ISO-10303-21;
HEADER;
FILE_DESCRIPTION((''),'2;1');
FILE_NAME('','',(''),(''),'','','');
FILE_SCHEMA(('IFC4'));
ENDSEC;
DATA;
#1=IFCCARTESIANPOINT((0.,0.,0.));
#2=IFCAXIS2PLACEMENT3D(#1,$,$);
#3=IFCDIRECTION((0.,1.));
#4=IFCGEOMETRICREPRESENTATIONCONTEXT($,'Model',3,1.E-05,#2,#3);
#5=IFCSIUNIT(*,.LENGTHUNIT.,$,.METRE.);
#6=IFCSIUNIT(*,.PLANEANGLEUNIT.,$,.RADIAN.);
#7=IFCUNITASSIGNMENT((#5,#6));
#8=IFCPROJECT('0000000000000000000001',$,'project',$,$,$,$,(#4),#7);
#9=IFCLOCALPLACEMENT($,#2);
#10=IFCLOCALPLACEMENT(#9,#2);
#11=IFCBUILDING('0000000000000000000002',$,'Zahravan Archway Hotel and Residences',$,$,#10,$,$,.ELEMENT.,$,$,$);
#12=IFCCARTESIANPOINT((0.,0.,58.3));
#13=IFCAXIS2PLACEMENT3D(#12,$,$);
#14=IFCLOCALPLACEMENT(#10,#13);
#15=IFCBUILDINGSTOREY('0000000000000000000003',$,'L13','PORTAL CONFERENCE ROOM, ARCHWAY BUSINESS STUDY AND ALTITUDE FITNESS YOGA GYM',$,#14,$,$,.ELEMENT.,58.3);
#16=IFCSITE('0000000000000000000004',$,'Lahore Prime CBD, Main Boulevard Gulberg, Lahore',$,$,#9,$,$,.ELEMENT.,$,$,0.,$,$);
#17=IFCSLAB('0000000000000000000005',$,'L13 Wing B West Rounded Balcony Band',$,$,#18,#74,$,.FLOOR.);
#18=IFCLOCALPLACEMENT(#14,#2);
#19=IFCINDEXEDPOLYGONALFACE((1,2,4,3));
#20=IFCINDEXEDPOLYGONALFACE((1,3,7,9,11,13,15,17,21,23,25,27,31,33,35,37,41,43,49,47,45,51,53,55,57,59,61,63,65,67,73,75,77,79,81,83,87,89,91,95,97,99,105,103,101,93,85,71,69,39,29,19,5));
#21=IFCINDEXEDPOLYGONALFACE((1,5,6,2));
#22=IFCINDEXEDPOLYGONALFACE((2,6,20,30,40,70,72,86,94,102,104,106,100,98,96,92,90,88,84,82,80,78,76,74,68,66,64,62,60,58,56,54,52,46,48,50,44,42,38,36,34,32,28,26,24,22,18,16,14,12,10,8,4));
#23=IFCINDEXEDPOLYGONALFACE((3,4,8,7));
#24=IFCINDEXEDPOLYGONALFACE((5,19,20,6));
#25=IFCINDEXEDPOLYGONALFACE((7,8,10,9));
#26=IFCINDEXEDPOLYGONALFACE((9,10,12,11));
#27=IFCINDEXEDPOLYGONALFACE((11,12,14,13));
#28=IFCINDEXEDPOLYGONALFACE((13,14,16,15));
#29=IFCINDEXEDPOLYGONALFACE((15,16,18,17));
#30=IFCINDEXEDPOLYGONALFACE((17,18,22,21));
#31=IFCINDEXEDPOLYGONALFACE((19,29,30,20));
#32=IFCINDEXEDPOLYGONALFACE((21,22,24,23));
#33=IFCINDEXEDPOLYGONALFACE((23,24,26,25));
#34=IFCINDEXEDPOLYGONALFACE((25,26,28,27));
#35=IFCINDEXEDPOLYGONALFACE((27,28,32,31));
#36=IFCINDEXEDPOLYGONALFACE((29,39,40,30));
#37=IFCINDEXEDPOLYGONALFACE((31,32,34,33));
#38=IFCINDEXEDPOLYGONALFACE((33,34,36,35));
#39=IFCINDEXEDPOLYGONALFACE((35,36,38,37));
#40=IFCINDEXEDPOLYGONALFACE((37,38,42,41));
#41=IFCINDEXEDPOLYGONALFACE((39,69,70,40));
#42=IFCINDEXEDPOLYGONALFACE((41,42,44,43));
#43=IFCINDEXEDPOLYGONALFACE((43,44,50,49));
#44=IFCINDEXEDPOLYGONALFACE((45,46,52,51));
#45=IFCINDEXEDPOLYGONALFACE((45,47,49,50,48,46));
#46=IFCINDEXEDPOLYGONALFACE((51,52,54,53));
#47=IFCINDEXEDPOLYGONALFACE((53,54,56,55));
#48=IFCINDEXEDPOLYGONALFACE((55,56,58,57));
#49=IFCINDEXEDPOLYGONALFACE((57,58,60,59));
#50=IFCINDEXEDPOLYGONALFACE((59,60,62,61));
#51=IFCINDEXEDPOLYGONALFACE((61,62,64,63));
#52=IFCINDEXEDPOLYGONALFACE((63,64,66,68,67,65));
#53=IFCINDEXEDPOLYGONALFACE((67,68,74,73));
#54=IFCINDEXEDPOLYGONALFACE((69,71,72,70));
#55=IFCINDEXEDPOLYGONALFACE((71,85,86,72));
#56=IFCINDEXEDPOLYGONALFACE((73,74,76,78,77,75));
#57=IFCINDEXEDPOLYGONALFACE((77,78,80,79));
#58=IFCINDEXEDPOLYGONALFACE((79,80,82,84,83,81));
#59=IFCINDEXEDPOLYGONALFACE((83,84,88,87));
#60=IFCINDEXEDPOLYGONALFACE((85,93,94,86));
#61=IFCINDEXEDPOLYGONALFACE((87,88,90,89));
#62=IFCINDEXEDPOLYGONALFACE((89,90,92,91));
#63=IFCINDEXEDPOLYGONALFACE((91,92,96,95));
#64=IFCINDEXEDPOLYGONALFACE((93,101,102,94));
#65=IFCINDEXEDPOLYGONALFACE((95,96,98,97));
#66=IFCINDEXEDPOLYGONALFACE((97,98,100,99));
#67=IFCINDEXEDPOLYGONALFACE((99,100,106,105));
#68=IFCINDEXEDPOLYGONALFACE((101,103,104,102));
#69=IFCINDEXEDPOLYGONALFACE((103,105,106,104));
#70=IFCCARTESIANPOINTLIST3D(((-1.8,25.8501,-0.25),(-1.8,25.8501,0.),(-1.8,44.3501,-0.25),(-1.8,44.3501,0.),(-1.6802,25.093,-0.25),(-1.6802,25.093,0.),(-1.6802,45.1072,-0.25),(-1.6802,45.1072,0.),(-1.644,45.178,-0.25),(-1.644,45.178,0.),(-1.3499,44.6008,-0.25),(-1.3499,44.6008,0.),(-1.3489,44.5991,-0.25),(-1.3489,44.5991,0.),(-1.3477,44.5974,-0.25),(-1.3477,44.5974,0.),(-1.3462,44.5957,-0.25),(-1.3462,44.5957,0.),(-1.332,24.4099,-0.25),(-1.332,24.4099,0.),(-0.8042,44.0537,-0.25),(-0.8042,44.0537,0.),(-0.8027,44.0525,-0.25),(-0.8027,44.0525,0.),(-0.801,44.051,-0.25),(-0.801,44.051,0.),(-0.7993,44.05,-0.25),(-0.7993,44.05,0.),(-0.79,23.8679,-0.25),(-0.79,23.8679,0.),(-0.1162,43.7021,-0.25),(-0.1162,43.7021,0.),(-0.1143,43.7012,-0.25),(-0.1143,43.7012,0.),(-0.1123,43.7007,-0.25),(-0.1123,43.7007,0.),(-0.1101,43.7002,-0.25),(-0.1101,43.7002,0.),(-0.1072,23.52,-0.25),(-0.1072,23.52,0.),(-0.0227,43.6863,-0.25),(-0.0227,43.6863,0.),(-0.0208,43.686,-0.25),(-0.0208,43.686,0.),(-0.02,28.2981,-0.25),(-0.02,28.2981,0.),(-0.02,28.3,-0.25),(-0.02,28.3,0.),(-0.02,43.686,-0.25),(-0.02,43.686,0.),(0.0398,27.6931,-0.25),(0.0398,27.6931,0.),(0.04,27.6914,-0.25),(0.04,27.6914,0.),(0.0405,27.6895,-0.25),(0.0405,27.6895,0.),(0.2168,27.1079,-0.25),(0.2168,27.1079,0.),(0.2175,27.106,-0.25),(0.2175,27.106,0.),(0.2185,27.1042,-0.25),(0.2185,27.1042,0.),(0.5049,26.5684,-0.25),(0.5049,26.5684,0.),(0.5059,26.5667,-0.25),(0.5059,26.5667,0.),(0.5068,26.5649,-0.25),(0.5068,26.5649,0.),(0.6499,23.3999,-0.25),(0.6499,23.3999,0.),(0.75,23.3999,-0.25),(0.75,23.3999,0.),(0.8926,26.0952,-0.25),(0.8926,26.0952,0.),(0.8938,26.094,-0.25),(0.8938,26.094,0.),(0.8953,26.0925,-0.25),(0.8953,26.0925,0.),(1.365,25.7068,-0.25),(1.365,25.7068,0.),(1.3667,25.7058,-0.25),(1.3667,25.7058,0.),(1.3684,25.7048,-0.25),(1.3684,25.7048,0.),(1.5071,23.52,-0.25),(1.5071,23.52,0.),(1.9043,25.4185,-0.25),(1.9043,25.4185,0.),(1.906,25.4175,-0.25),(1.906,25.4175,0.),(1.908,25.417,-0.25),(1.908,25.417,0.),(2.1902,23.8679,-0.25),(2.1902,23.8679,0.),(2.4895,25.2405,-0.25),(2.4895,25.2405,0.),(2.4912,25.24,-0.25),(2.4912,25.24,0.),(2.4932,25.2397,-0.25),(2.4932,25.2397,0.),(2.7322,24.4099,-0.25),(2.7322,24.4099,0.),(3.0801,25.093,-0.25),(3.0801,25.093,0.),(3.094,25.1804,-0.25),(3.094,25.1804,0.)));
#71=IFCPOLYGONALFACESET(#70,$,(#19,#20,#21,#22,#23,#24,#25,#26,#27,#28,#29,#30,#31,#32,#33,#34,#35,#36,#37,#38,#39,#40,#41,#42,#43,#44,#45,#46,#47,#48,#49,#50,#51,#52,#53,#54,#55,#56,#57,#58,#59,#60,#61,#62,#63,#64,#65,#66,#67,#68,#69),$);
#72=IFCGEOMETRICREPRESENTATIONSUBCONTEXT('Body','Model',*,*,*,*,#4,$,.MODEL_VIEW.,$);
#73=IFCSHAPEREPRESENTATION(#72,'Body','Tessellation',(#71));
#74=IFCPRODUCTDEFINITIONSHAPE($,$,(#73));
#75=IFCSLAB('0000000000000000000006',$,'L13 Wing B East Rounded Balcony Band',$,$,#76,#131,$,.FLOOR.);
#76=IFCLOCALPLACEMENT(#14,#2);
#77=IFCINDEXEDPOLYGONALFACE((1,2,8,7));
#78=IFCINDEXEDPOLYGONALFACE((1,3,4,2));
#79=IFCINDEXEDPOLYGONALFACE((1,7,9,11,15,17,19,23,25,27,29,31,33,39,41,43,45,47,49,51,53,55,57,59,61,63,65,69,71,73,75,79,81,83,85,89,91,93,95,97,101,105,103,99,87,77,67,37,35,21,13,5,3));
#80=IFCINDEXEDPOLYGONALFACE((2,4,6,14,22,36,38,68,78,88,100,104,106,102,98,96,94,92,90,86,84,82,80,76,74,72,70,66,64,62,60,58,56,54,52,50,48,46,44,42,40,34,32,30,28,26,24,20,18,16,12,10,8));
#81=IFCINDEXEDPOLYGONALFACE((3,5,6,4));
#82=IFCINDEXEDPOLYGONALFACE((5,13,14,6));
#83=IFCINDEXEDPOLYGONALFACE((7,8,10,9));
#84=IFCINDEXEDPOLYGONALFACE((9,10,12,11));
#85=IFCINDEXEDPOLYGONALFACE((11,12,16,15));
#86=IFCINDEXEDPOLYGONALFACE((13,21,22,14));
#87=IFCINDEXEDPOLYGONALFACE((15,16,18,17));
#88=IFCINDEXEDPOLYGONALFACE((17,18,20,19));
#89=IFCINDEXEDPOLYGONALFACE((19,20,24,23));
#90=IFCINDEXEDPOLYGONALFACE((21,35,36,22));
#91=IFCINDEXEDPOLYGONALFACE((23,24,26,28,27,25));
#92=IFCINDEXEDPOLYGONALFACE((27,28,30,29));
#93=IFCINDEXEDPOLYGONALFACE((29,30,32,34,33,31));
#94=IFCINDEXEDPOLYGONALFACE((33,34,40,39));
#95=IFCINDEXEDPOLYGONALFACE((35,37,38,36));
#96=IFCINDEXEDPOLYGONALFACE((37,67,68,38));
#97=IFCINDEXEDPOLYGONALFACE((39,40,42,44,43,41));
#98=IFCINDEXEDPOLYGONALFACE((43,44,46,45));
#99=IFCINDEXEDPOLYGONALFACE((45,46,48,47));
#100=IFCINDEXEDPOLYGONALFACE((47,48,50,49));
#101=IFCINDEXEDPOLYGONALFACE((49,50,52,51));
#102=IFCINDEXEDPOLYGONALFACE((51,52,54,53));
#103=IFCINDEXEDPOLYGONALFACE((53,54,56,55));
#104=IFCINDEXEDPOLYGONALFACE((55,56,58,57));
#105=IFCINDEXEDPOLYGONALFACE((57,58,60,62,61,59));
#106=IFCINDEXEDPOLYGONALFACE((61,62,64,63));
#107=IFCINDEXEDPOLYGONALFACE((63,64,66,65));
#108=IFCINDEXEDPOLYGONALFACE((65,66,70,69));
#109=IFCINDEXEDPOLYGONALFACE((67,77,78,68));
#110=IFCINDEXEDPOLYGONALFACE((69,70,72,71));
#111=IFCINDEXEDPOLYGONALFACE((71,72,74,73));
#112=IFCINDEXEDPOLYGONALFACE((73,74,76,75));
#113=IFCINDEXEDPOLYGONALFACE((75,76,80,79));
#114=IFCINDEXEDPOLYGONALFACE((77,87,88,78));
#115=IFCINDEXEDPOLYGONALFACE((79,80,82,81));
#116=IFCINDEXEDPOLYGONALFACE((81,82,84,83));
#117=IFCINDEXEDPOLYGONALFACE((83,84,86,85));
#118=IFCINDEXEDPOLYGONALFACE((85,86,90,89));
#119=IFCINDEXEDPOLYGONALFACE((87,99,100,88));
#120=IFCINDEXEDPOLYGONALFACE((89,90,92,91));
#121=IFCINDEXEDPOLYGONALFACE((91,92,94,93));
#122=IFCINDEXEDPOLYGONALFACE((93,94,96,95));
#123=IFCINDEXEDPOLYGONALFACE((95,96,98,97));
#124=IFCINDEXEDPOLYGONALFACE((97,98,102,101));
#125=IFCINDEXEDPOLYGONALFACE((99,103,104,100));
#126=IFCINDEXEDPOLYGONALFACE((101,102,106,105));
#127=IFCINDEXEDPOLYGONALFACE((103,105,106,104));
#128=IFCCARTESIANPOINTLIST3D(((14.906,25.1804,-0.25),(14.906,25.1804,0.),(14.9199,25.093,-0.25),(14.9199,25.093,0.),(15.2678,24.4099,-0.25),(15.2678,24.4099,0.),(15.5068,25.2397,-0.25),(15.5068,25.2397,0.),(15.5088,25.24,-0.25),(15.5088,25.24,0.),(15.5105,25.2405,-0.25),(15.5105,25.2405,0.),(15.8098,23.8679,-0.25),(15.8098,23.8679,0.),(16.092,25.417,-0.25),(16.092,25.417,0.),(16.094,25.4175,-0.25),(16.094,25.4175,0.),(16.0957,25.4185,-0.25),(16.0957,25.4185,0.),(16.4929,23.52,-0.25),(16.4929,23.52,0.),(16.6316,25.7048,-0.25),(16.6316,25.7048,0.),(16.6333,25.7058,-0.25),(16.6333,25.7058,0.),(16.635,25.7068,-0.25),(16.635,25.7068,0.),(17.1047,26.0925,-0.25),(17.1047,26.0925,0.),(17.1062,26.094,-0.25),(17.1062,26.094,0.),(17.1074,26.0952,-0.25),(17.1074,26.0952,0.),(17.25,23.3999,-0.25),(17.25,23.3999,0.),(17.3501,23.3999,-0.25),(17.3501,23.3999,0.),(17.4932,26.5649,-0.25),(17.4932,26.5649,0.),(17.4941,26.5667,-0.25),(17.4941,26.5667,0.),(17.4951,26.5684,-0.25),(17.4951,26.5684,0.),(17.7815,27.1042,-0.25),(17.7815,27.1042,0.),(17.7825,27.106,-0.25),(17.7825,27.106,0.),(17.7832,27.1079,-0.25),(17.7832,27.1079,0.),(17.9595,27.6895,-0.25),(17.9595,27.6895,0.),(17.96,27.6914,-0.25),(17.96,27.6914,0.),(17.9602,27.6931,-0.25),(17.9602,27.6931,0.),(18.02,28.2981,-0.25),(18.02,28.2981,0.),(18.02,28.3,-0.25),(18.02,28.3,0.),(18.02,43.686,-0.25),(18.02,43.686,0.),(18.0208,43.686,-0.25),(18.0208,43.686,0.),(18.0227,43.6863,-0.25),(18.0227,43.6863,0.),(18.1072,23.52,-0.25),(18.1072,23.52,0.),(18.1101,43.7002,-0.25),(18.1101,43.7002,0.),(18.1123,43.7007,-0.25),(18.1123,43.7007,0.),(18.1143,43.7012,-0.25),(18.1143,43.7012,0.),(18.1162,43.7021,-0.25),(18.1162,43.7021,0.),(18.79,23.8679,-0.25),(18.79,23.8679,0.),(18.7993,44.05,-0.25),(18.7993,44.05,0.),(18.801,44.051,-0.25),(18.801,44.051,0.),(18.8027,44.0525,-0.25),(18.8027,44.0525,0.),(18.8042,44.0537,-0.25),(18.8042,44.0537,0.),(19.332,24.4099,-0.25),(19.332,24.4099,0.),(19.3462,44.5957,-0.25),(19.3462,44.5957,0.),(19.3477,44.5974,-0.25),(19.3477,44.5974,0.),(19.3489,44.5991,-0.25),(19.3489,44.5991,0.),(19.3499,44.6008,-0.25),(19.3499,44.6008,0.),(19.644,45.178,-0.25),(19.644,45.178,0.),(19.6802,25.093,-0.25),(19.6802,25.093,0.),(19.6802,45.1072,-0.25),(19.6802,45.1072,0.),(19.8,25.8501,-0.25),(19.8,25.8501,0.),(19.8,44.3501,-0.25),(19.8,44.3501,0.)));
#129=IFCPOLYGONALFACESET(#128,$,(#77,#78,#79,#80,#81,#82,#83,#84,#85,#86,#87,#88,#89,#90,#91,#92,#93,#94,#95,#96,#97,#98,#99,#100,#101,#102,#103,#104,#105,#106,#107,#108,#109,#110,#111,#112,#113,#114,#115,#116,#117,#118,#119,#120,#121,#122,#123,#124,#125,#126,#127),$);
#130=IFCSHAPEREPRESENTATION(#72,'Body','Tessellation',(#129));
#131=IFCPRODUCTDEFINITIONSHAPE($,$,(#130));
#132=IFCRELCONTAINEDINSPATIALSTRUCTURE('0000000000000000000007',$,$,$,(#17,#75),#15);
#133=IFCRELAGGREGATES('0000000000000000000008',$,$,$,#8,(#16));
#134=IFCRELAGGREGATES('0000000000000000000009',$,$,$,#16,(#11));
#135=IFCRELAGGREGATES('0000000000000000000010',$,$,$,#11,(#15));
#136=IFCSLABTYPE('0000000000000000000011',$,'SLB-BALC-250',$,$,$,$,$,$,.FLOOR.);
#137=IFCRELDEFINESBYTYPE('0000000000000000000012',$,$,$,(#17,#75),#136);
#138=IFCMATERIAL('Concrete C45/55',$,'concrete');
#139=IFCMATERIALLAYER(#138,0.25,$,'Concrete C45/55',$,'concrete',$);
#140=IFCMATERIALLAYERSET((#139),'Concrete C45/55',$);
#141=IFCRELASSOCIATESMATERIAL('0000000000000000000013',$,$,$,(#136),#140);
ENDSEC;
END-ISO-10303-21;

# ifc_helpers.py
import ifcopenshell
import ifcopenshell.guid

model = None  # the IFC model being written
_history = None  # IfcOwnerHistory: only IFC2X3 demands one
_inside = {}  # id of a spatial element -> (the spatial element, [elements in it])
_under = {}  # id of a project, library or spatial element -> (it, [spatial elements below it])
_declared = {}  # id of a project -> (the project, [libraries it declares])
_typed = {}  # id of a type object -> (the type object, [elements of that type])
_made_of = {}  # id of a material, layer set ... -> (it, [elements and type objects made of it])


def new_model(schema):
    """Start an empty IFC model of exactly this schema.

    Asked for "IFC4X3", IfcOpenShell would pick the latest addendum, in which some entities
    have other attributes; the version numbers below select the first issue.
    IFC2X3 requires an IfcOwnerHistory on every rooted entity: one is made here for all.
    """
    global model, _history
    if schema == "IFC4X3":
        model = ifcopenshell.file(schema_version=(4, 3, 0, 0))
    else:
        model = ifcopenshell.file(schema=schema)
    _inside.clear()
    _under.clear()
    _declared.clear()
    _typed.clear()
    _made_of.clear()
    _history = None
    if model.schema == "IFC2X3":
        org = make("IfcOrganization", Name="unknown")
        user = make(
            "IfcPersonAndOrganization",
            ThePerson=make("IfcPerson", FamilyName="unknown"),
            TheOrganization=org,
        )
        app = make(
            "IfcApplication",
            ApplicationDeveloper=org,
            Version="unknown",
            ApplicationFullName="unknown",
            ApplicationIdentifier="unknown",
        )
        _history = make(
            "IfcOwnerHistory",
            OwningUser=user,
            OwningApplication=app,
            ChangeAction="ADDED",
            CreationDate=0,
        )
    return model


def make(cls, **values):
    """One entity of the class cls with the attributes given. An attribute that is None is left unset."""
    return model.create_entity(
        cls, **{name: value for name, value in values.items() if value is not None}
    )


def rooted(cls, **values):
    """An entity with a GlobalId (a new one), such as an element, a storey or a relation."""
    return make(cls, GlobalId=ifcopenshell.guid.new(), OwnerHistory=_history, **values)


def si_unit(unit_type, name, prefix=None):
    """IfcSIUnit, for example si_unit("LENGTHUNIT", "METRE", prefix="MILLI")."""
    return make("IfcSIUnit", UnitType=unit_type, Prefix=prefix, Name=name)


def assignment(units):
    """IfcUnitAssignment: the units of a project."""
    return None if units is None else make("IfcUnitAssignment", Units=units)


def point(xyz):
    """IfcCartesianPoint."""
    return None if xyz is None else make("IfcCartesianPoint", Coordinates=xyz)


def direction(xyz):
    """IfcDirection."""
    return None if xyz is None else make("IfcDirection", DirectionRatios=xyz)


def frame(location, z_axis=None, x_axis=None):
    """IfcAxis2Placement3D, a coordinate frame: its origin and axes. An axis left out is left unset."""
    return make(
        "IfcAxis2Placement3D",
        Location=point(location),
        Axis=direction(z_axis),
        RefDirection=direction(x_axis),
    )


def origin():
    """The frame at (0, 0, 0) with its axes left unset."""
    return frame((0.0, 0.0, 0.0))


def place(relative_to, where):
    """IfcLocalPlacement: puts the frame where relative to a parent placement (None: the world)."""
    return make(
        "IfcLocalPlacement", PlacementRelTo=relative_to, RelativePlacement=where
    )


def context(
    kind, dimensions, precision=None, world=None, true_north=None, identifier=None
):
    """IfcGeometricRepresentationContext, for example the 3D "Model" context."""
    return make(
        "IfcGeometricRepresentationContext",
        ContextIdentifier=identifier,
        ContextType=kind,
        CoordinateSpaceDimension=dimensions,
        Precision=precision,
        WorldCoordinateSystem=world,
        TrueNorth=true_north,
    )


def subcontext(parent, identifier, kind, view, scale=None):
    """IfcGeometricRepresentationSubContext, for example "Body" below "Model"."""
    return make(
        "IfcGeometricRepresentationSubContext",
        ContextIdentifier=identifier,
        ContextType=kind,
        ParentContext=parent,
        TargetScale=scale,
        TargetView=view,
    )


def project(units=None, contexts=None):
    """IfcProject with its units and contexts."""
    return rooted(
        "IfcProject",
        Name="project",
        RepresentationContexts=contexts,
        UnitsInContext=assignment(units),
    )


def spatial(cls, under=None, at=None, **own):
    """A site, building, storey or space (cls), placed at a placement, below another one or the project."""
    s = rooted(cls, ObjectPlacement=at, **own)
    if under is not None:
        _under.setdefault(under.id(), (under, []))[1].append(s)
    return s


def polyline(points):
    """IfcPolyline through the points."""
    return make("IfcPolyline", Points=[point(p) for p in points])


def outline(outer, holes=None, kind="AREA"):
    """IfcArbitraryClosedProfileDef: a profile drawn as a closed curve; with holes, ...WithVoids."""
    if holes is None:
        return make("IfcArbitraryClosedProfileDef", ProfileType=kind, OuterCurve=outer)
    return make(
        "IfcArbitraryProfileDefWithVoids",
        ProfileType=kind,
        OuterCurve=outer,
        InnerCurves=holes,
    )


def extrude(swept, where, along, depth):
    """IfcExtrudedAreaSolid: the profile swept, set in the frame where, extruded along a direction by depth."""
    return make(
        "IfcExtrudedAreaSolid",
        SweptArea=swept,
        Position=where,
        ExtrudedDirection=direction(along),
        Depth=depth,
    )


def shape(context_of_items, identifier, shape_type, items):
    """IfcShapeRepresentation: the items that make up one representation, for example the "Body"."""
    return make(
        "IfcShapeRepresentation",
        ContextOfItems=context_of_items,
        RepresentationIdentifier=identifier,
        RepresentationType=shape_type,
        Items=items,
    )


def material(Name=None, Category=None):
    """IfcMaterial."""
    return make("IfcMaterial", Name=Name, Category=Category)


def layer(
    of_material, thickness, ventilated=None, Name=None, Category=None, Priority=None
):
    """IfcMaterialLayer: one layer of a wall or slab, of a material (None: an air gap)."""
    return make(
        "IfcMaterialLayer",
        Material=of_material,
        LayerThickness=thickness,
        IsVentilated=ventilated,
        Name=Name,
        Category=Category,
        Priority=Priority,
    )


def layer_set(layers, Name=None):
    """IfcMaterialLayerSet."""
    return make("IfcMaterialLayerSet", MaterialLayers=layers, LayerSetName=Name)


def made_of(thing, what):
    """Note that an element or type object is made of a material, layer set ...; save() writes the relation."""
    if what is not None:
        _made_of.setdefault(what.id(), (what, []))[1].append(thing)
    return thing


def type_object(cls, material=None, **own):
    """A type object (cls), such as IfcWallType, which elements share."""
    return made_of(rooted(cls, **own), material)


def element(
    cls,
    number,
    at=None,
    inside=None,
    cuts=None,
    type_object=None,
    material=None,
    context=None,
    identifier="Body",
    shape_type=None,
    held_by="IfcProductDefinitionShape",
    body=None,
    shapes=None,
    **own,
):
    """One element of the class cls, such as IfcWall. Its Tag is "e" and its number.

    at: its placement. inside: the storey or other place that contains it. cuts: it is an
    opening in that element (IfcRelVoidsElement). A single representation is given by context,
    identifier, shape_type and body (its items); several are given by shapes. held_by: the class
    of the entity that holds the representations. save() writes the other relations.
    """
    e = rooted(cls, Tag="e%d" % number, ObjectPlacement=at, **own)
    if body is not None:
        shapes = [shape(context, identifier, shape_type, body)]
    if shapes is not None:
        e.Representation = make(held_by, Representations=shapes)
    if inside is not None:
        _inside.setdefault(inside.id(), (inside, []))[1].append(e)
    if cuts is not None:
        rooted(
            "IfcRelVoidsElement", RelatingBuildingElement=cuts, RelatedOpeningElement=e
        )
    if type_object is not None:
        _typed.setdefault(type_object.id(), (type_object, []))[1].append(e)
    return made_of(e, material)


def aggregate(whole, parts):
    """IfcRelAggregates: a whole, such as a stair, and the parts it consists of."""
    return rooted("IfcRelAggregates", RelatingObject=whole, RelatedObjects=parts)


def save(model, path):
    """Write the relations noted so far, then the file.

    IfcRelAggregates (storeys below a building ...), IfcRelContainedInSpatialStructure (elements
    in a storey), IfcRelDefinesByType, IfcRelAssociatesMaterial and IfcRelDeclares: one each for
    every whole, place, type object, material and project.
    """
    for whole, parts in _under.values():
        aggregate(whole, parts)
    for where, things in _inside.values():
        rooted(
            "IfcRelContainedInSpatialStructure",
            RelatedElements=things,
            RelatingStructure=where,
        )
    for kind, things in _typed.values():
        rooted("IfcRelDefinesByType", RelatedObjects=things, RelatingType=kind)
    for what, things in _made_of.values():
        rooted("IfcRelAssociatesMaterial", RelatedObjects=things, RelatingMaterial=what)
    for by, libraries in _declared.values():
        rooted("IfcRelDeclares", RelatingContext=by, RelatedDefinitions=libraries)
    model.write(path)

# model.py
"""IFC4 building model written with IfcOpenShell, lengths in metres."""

from ifc_helpers import new_model, si_unit, direction, frame, origin, place, context, subcontext, project, spatial, polyline, outline, extrude, material, layer, layer_set, type_object, element, save


model = new_model("IFC4")

# Units and contexts
model_context = context("Model", 3, precision=1e-05, world=origin(), true_north=direction((0.0, 1.0)))
body_context = subcontext(model_context, "Body", "Model", "MODEL_VIEW")
ifc_project = project(units=[si_unit("LENGTHUNIT", "METRE"), si_unit("PLANEANGLEUNIT", "RADIAN")], contexts=[model_context])

# Site, building, storey
site_placement = place(None, origin())
site = spatial("IfcSite", under=ifc_project, at=site_placement, Name="Lahore Prime CBD, Main Boulevard Gulberg, Lahore", CompositionType="ELEMENT", RefElevation=0.0)
building_placement = place(site_placement, origin())
building = spatial("IfcBuilding", under=site, at=building_placement, Name="Zahravan Archway Hotel and Residences", CompositionType="ELEMENT")
storey_placement = place(building_placement, frame((0.0, 0.0, 58.3)))
storey = spatial("IfcBuildingStorey", under=building, at=storey_placement, Name="L13", Description="PORTAL CONFERENCE ROOM, ARCHWAY BUSINESS STUDY AND ALTITUDE FITNESS YOGA GYM", CompositionType="ELEMENT", Elevation=58.3)

# Slabs
ifc_material_1 = material(Name="Concrete C45/55", Category="concrete")
ifc_layer_1 = layer(ifc_material_1, 0.25, Name="Concrete C45/55", Category="concrete")
ifc_layer_set_1 = layer_set([ifc_layer_1], Name="Concrete C45/55")
slab_type_1 = type_object("IfcSlabType", Name="SLB-BALC-250", PredefinedType="FLOOR", material=ifc_layer_set_1)
slab_1_placement = place(storey_placement, frame((0.0, 0.0, -0.25)))
element("IfcSlab", 1, at=slab_1_placement, inside=storey, type_object=slab_type_1, Name="L13 Wing B West Rounded Balcony Band", PredefinedType="FLOOR", context=body_context, shape_type="SweptSolid", body=[
    extrude(outline(polyline([(3.0801, 25.093), (2.7322, 24.4099), (2.1902, 23.8679), (1.5071, 23.52), (0.75, 23.3999), (0.6499, 23.3999), (-0.1072, 23.52), (-0.79, 23.8679), (-1.332, 24.4099), (-1.6802, 25.093), (-1.8, 25.8501), (-1.8, 44.3501), (-1.6802, 45.1072), (-1.644, 45.178), (-1.3499, 44.6008), (-1.3489, 44.5991), (-1.3477, 44.5974), (-1.3462, 44.5957), (-0.8042, 44.0537), (-0.8027, 44.0525), (-0.801, 44.051), (-0.7993, 44.05), (-0.1162, 43.7021), (-0.1143, 43.7012), (-0.1123, 43.7007), (-0.1101, 43.7002), (-0.0227, 43.6863), (-0.0208, 43.686), (-0.02, 43.686), (-0.02, 28.3), (-0.02, 28.2981), (0.0398, 27.6931), (0.04, 27.6914), (0.0405, 27.6895), (0.2168, 27.1079), (0.2175, 27.106), (0.2185, 27.1042), (0.5049, 26.5684), (0.5059, 26.5667), (0.5068, 26.5649), (0.8926, 26.0952), (0.8938, 26.094), (0.8953, 26.0925), (1.365, 25.7068), (1.3667, 25.7058), (1.3684, 25.7048), (1.9043, 25.4185), (1.906, 25.4175), (1.908, 25.417), (2.4895, 25.2405), (2.4912, 25.24), (2.4932, 25.2397), (3.094, 25.1804), (3.0801, 25.093)])), origin(), (0.0, 0.0, 1.0), 0.25),
])
slab_2_placement = place(storey_placement, frame((0.0, 0.0, -0.25)))
element("IfcSlab", 2, at=slab_2_placement, inside=storey, type_object=slab_type_1, Name="L13 Wing B East Rounded Balcony Band", PredefinedType="FLOOR", context=body_context, shape_type="SweptSolid", body=[
    extrude(outline(polyline([(19.6802, 45.1072), (19.8, 44.3501), (19.8, 25.8501), (19.6802, 25.093), (19.332, 24.4099), (18.79, 23.8679), (18.1072, 23.52), (17.3501, 23.3999), (17.25, 23.3999), (16.4929, 23.52), (15.8098, 23.8679), (15.2678, 24.4099), (14.9199, 25.093), (14.906, 25.1804), (15.5068, 25.2397), (15.5088, 25.24), (15.5105, 25.2405), (16.092, 25.417), (16.094, 25.4175), (16.0957, 25.4185), (16.6316, 25.7048), (16.6333, 25.7058), (16.635, 25.7068), (17.1047, 26.0925), (17.1062, 26.094), (17.1074, 26.0952), (17.4932, 26.5649), (17.4941, 26.5667), (17.4951, 26.5684), (17.7815, 27.1042), (17.7825, 27.106), (17.7832, 27.1079), (17.9595, 27.6895), (17.96, 27.6914), (17.9602, 27.6931), (18.02, 28.2981), (18.02, 28.3), (18.02, 43.686), (18.0208, 43.686), (18.0227, 43.6863), (18.1101, 43.7002), (18.1123, 43.7007), (18.1143, 43.7012), (18.1162, 43.7021), (18.7993, 44.05), (18.801, 44.051), (18.8027, 44.0525), (18.8042, 44.0537), (19.3462, 44.5957), (19.3477, 44.5974), (19.3489, 44.5991), (19.3499, 44.6008), (19.644, 45.178), (19.6802, 45.1072)])), origin(), (0.0, 0.0, 1.0), 0.25),
])

save(model, "model.ifc")
